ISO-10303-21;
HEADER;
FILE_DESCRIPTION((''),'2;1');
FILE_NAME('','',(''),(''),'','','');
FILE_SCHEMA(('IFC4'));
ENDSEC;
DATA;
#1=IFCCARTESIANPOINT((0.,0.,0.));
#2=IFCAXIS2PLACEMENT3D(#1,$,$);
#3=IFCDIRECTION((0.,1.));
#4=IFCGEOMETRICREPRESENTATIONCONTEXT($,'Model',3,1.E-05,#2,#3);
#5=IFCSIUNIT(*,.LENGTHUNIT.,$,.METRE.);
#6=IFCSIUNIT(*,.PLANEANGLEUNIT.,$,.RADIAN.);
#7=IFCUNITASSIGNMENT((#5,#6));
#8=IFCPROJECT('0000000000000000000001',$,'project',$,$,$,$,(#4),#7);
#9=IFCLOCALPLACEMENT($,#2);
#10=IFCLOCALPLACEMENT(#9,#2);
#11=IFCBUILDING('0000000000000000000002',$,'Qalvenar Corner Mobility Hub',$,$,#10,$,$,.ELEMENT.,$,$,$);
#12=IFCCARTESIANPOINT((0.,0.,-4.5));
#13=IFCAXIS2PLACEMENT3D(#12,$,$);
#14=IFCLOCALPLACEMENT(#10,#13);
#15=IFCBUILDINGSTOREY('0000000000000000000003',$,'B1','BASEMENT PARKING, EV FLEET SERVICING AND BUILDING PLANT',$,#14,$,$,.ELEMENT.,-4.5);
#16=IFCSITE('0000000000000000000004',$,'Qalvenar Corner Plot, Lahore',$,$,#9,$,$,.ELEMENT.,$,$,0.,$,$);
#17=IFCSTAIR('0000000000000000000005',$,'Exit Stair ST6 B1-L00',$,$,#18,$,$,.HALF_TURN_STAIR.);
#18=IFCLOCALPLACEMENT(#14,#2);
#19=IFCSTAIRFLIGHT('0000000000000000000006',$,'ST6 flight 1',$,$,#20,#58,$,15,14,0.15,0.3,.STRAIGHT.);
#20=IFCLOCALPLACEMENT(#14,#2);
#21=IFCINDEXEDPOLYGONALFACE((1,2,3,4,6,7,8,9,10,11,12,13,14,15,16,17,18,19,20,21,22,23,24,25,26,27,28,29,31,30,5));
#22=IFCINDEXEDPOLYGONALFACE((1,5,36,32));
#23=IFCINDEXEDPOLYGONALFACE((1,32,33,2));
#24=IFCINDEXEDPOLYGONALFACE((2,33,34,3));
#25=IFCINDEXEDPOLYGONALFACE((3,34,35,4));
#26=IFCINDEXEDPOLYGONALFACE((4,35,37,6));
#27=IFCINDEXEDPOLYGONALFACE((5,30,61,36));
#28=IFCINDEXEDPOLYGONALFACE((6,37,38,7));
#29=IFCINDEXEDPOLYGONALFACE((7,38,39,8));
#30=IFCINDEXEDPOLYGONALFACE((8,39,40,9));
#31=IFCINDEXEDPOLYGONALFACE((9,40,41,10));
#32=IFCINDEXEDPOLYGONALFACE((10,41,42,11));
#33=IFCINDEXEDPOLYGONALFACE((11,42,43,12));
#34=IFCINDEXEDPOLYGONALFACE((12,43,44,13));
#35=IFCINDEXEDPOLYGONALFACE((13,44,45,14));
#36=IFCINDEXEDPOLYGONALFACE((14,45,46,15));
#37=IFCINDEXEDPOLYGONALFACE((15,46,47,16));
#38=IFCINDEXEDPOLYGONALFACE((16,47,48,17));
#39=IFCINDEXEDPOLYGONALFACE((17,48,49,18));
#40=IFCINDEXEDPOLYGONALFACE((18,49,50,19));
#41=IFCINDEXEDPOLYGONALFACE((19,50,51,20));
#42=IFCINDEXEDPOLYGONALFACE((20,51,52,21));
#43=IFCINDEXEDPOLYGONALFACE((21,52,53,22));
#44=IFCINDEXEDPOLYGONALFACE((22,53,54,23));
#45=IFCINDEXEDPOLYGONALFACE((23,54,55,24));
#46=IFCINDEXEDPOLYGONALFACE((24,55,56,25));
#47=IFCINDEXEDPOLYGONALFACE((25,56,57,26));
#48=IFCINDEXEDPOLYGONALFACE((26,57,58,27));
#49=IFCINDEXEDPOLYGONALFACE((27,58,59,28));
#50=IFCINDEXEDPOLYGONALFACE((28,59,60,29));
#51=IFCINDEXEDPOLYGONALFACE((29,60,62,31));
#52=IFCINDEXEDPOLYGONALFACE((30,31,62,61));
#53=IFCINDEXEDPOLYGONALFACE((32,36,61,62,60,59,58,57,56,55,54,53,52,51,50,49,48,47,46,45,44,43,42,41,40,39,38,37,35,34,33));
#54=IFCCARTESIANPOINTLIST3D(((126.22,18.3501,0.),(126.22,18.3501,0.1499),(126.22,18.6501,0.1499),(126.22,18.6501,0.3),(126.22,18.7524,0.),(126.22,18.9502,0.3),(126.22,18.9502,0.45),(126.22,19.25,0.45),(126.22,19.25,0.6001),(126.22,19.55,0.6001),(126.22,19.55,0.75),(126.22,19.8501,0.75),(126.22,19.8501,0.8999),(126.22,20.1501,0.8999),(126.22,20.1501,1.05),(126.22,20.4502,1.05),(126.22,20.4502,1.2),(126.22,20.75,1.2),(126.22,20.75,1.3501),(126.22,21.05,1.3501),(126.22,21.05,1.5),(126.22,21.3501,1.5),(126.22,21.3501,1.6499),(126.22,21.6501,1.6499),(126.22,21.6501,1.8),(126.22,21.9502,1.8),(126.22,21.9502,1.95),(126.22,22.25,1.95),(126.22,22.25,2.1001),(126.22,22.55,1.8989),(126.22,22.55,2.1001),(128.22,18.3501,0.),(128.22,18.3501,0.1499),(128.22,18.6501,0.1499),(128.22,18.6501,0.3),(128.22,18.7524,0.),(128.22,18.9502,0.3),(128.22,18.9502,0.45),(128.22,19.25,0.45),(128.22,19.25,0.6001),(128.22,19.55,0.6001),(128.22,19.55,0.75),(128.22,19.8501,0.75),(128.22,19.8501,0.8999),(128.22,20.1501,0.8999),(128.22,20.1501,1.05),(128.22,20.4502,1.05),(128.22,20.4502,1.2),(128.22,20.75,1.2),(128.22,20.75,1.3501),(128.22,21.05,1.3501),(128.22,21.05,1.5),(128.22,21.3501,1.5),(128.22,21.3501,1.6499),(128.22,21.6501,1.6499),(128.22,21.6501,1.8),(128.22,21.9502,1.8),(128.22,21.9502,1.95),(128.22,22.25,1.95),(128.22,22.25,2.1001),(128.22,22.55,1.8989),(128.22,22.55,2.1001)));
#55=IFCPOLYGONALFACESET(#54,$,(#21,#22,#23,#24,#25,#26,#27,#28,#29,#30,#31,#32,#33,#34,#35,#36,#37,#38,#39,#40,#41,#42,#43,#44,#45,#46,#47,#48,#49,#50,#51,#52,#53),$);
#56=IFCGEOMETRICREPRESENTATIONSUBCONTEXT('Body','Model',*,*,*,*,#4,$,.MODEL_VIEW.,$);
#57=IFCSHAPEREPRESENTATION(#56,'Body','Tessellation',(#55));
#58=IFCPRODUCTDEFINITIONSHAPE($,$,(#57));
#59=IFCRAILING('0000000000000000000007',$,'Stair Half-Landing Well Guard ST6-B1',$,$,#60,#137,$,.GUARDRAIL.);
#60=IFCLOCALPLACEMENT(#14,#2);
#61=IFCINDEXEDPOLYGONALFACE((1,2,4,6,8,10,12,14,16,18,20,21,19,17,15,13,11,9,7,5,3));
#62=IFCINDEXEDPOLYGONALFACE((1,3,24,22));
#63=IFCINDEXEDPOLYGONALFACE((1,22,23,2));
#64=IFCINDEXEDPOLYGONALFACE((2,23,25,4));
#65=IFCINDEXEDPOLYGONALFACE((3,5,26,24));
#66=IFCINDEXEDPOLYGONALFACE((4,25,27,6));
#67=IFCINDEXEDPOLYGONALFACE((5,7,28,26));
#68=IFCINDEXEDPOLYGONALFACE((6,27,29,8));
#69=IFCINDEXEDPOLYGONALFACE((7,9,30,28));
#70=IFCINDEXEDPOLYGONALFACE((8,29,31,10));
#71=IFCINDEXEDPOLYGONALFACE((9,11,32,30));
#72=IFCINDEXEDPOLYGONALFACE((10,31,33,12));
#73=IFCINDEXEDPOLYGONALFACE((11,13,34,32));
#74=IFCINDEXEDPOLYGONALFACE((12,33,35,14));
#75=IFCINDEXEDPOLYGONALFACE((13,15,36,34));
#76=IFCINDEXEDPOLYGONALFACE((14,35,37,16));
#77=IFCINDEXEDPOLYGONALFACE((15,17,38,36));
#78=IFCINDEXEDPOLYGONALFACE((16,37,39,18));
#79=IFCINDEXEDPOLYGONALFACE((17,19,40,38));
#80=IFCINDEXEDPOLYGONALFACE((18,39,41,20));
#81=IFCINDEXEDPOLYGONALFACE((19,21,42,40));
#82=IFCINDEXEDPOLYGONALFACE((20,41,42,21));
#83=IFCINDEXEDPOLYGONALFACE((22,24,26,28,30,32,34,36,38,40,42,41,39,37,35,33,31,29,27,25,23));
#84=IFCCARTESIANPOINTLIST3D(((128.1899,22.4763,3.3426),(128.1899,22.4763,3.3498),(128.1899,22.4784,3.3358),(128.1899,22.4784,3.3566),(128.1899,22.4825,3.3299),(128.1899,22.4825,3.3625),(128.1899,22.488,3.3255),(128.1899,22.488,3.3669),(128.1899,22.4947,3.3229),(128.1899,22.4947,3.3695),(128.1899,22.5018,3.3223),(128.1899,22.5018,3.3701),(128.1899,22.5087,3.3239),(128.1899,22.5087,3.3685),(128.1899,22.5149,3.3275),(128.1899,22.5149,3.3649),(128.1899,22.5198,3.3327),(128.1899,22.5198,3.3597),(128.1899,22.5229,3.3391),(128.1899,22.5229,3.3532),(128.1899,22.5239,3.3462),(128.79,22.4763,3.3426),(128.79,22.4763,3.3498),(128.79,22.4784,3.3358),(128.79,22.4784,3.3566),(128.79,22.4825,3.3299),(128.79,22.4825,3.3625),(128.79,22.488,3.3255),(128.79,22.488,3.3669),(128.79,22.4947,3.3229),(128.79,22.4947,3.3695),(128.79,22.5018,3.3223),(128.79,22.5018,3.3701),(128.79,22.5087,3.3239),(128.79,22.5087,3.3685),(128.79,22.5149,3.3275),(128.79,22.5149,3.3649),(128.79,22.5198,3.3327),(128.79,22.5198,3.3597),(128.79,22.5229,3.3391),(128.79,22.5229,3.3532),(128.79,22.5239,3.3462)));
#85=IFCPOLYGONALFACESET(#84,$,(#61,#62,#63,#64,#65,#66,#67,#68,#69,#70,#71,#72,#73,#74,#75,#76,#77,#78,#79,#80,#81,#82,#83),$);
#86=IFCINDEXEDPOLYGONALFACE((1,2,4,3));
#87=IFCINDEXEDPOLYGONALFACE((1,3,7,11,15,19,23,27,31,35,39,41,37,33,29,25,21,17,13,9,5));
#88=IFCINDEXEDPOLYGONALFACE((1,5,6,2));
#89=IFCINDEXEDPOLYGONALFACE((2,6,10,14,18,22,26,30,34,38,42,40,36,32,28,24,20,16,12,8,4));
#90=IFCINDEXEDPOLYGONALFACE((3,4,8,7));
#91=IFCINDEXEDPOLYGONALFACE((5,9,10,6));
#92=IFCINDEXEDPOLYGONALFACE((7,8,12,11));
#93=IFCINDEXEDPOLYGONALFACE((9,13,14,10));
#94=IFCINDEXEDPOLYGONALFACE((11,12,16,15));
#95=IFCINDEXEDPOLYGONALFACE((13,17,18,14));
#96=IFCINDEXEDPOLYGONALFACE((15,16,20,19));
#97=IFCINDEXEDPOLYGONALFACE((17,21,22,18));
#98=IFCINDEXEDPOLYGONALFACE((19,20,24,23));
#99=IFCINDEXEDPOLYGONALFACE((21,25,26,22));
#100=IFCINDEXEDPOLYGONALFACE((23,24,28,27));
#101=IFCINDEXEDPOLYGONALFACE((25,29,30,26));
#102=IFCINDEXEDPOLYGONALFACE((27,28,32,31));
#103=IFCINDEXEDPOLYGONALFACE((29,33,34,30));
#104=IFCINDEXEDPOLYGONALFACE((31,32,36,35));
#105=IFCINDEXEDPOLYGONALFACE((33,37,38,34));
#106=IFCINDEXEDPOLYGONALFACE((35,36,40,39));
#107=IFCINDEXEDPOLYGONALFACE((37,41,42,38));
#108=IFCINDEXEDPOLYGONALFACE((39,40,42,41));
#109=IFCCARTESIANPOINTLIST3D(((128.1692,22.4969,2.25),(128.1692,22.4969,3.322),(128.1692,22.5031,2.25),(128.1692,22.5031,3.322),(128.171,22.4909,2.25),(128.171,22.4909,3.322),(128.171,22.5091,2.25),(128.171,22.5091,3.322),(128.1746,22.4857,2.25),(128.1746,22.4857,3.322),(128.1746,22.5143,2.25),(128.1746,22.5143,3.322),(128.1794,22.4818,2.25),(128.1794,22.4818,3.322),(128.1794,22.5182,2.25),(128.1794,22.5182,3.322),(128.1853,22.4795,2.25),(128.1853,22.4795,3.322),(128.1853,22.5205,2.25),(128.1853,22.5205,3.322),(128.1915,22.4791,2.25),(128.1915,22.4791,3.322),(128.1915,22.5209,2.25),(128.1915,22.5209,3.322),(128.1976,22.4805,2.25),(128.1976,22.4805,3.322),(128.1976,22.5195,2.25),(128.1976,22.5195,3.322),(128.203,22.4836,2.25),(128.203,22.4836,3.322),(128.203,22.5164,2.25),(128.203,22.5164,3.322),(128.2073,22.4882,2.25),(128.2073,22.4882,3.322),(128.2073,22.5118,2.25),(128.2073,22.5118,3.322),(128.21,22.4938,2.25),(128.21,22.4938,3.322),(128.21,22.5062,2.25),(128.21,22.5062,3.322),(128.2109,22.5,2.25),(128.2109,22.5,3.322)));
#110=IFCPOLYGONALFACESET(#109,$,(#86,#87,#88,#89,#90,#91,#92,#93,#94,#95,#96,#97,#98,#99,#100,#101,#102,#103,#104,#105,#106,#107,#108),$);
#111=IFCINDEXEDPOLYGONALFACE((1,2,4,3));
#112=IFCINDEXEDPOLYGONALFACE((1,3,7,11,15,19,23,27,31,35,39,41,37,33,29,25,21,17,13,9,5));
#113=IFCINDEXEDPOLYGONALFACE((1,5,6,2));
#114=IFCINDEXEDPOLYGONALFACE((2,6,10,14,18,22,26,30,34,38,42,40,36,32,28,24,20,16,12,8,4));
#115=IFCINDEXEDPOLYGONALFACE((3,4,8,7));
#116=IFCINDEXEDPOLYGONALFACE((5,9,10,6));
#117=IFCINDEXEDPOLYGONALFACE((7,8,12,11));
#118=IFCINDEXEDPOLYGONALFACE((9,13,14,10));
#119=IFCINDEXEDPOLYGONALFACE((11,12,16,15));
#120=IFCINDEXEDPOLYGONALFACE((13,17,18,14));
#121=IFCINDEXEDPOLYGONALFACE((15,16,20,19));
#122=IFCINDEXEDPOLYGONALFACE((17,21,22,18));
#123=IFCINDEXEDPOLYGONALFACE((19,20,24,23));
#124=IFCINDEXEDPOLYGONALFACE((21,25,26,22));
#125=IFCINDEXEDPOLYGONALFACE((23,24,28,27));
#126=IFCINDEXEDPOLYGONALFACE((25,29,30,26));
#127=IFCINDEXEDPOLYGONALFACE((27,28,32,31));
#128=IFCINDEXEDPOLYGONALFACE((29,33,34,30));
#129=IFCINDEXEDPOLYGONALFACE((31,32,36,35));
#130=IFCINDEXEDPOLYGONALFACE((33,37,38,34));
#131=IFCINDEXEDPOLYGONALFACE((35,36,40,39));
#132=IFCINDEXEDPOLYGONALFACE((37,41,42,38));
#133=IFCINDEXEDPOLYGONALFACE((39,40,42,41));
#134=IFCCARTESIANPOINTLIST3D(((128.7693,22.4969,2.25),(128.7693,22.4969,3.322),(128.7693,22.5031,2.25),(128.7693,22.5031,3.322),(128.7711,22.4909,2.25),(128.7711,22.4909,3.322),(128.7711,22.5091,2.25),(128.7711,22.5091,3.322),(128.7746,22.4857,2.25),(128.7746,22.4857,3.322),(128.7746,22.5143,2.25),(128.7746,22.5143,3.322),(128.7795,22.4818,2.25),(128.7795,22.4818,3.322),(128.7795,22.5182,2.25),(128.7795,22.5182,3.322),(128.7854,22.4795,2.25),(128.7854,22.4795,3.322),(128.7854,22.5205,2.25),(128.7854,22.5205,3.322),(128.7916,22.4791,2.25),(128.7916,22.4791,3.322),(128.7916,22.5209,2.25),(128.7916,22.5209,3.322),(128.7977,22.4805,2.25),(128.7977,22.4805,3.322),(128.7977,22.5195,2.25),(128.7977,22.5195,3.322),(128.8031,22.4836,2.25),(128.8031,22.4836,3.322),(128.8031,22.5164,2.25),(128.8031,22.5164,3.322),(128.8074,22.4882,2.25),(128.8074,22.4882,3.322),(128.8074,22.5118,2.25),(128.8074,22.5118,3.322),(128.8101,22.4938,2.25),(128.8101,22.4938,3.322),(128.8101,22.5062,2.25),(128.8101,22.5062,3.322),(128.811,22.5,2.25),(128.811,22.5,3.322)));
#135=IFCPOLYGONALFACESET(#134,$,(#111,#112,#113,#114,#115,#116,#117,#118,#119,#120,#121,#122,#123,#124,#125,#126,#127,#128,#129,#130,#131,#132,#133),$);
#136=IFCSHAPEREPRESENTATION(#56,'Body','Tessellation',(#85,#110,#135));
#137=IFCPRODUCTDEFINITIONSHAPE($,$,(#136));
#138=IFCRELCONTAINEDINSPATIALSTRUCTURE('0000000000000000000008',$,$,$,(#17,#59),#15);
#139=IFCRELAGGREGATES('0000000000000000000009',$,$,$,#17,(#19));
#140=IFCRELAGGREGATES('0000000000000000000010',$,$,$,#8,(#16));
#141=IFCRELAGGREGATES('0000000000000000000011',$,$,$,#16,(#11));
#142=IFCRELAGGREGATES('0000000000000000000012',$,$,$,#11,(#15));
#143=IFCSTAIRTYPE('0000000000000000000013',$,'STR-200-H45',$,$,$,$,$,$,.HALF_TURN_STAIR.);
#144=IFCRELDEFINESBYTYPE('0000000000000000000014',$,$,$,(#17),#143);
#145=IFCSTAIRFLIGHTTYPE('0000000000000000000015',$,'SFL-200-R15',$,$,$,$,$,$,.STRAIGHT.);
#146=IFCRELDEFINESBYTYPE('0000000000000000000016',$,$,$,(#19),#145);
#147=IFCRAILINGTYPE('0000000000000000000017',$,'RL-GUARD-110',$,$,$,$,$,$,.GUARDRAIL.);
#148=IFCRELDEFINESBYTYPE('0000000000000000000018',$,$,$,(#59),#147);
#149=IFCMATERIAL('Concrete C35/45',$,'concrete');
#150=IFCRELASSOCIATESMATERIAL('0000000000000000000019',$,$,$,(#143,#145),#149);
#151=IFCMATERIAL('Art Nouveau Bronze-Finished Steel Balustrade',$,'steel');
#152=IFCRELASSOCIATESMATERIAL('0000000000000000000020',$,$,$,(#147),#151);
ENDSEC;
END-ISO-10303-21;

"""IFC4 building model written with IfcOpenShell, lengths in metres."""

from ifc_helpers import new_model, si_unit, direction, frame, origin, origin_2d, place, context, subcontext, project, spatial, polyline, circle, outline, extrude, material, type_object, element, aggregate, save


model = new_model("IFC4")

# Units and contexts
model_context = context("Model", 3, precision=1e-05, world=origin(), true_north=direction((0.0, 1.0)))
body_context = subcontext(model_context, "Body", "Model", "MODEL_VIEW")
ifc_project = project(units=[si_unit("LENGTHUNIT", "METRE"), si_unit("PLANEANGLEUNIT", "RADIAN")], contexts=[model_context])

# Site, building, storey
site_placement = place(None, origin())
site = spatial("IfcSite", under=ifc_project, at=site_placement, Name="Qalvenar Corner Plot, Lahore", CompositionType="ELEMENT", RefElevation=0.0)
building_placement = place(site_placement, origin())
building = spatial("IfcBuilding", under=site, at=building_placement, Name="Qalvenar Corner Mobility Hub", CompositionType="ELEMENT")
storey_placement = place(building_placement, frame((0.0, 0.0, -4.5)))
storey = spatial("IfcBuildingStorey", under=building, at=storey_placement, Name="B1", Description="BASEMENT PARKING, EV FLEET SERVICING AND BUILDING PLANT", CompositionType="ELEMENT", Elevation=-4.5)

# Stair, stair flight
ifc_material_1 = material(Name="Concrete C35/45", Category="concrete")
stair_type = type_object("IfcStairType", Name="STR-200-H45", PredefinedType="HALF_TURN_STAIR", material=ifc_material_1)
stair_placement = place(storey_placement, origin())
stair = element("IfcStair", 1, at=stair_placement, inside=storey, type_object=stair_type, Name="Exit Stair ST6 B1-L00", PredefinedType="HALF_TURN_STAIR")
stair_flight_type = type_object("IfcStairFlightType", Name="SFL-200-R15", PredefinedType="STRAIGHT", material=ifc_material_1)
stair_flight_placement = place(storey_placement, frame((127.22, 18.3501, 0.0), z_axis=(0.0, 0.0, 1.0), x_axis=(0.0, 1.0, 0.0)))
stair_flight = element("IfcStairFlight", 2, at=stair_flight_placement, type_object=stair_flight_type, Name="ST6 flight 1", NumberOfRisers=15, NumberOfTreads=14, PredefinedType="STRAIGHT", RiserHeight=0.15, TreadLength=0.3, context=body_context, shape_type="SweptSolid", body=[
    extrude(outline(polyline([(0.0, 0.0), (0.0, 0.1499), (0.3, 0.1499), (0.3, 0.3), (0.6001, 0.3), (0.6001, 0.45), (0.8999, 0.45), (0.8999, 0.6001), (1.2, 0.6001), (1.2, 0.75), (1.5, 0.75), (1.5, 0.8999), (1.8, 0.8999), (1.8, 1.05), (2.1001, 1.05), (2.1001, 1.2), (2.3999, 1.2), (2.3999, 1.3501), (2.7, 1.3501), (2.7, 1.5), (3.0, 1.5), (3.0, 1.6499), (3.3, 1.6499), (3.3, 1.8), (3.6001, 1.8), (3.6001, 1.95), (3.8999, 1.95), (3.8999, 2.1001), (4.2, 2.1001), (4.2, 2.25), (4.2, 1.8989), (0.4023, 0.0), (0.0, 0.0)])), frame((0.0, 1.0, 0.0), z_axis=(0.0, -1.0, 0.0), x_axis=(1.0, 0.0, 0.0)), (0.0, 0.0, 1.0), 2.0),
])
aggregate(stair, [stair_flight])

# Railing
ifc_material_2 = material(Name="Art Nouveau Bronze-Finished Steel Balustrade", Category="steel")
railing_type_1 = type_object("IfcRailingType", Name="RL-GUARD-110", PredefinedType="GUARDRAIL", material=ifc_material_2)
railing_1_placement = place(storey_placement, frame((128.1899, 22.5, 2.25)))
element("IfcRailing", 3, at=railing_1_placement, inside=storey, type_object=railing_type_1, Name="Stair Half-Landing Well Guard ST6-B1", PredefinedType="GUARDRAIL", context=body_context, shape_type="SweptSolid", body=[
    extrude(circle(Radius=0.0239, at=origin_2d()), frame((0.0, 0.0, 1.0962), z_axis=(1.0, 0.0, 0.0), x_axis=(0.0, 1.0, 0.0)), (0.0, 0.0, 1.0), 0.6001),
    extrude(circle(Radius=0.021, at=origin_2d()), origin(), (0.0, 0.0, 1.0), 1.072),
    extrude(circle(Radius=0.021, at=origin_2d()), frame((0.6001, 0.0, 0.0)), (0.0, 0.0, 1.0), 1.072),
])

save(model, "model.ifc")
